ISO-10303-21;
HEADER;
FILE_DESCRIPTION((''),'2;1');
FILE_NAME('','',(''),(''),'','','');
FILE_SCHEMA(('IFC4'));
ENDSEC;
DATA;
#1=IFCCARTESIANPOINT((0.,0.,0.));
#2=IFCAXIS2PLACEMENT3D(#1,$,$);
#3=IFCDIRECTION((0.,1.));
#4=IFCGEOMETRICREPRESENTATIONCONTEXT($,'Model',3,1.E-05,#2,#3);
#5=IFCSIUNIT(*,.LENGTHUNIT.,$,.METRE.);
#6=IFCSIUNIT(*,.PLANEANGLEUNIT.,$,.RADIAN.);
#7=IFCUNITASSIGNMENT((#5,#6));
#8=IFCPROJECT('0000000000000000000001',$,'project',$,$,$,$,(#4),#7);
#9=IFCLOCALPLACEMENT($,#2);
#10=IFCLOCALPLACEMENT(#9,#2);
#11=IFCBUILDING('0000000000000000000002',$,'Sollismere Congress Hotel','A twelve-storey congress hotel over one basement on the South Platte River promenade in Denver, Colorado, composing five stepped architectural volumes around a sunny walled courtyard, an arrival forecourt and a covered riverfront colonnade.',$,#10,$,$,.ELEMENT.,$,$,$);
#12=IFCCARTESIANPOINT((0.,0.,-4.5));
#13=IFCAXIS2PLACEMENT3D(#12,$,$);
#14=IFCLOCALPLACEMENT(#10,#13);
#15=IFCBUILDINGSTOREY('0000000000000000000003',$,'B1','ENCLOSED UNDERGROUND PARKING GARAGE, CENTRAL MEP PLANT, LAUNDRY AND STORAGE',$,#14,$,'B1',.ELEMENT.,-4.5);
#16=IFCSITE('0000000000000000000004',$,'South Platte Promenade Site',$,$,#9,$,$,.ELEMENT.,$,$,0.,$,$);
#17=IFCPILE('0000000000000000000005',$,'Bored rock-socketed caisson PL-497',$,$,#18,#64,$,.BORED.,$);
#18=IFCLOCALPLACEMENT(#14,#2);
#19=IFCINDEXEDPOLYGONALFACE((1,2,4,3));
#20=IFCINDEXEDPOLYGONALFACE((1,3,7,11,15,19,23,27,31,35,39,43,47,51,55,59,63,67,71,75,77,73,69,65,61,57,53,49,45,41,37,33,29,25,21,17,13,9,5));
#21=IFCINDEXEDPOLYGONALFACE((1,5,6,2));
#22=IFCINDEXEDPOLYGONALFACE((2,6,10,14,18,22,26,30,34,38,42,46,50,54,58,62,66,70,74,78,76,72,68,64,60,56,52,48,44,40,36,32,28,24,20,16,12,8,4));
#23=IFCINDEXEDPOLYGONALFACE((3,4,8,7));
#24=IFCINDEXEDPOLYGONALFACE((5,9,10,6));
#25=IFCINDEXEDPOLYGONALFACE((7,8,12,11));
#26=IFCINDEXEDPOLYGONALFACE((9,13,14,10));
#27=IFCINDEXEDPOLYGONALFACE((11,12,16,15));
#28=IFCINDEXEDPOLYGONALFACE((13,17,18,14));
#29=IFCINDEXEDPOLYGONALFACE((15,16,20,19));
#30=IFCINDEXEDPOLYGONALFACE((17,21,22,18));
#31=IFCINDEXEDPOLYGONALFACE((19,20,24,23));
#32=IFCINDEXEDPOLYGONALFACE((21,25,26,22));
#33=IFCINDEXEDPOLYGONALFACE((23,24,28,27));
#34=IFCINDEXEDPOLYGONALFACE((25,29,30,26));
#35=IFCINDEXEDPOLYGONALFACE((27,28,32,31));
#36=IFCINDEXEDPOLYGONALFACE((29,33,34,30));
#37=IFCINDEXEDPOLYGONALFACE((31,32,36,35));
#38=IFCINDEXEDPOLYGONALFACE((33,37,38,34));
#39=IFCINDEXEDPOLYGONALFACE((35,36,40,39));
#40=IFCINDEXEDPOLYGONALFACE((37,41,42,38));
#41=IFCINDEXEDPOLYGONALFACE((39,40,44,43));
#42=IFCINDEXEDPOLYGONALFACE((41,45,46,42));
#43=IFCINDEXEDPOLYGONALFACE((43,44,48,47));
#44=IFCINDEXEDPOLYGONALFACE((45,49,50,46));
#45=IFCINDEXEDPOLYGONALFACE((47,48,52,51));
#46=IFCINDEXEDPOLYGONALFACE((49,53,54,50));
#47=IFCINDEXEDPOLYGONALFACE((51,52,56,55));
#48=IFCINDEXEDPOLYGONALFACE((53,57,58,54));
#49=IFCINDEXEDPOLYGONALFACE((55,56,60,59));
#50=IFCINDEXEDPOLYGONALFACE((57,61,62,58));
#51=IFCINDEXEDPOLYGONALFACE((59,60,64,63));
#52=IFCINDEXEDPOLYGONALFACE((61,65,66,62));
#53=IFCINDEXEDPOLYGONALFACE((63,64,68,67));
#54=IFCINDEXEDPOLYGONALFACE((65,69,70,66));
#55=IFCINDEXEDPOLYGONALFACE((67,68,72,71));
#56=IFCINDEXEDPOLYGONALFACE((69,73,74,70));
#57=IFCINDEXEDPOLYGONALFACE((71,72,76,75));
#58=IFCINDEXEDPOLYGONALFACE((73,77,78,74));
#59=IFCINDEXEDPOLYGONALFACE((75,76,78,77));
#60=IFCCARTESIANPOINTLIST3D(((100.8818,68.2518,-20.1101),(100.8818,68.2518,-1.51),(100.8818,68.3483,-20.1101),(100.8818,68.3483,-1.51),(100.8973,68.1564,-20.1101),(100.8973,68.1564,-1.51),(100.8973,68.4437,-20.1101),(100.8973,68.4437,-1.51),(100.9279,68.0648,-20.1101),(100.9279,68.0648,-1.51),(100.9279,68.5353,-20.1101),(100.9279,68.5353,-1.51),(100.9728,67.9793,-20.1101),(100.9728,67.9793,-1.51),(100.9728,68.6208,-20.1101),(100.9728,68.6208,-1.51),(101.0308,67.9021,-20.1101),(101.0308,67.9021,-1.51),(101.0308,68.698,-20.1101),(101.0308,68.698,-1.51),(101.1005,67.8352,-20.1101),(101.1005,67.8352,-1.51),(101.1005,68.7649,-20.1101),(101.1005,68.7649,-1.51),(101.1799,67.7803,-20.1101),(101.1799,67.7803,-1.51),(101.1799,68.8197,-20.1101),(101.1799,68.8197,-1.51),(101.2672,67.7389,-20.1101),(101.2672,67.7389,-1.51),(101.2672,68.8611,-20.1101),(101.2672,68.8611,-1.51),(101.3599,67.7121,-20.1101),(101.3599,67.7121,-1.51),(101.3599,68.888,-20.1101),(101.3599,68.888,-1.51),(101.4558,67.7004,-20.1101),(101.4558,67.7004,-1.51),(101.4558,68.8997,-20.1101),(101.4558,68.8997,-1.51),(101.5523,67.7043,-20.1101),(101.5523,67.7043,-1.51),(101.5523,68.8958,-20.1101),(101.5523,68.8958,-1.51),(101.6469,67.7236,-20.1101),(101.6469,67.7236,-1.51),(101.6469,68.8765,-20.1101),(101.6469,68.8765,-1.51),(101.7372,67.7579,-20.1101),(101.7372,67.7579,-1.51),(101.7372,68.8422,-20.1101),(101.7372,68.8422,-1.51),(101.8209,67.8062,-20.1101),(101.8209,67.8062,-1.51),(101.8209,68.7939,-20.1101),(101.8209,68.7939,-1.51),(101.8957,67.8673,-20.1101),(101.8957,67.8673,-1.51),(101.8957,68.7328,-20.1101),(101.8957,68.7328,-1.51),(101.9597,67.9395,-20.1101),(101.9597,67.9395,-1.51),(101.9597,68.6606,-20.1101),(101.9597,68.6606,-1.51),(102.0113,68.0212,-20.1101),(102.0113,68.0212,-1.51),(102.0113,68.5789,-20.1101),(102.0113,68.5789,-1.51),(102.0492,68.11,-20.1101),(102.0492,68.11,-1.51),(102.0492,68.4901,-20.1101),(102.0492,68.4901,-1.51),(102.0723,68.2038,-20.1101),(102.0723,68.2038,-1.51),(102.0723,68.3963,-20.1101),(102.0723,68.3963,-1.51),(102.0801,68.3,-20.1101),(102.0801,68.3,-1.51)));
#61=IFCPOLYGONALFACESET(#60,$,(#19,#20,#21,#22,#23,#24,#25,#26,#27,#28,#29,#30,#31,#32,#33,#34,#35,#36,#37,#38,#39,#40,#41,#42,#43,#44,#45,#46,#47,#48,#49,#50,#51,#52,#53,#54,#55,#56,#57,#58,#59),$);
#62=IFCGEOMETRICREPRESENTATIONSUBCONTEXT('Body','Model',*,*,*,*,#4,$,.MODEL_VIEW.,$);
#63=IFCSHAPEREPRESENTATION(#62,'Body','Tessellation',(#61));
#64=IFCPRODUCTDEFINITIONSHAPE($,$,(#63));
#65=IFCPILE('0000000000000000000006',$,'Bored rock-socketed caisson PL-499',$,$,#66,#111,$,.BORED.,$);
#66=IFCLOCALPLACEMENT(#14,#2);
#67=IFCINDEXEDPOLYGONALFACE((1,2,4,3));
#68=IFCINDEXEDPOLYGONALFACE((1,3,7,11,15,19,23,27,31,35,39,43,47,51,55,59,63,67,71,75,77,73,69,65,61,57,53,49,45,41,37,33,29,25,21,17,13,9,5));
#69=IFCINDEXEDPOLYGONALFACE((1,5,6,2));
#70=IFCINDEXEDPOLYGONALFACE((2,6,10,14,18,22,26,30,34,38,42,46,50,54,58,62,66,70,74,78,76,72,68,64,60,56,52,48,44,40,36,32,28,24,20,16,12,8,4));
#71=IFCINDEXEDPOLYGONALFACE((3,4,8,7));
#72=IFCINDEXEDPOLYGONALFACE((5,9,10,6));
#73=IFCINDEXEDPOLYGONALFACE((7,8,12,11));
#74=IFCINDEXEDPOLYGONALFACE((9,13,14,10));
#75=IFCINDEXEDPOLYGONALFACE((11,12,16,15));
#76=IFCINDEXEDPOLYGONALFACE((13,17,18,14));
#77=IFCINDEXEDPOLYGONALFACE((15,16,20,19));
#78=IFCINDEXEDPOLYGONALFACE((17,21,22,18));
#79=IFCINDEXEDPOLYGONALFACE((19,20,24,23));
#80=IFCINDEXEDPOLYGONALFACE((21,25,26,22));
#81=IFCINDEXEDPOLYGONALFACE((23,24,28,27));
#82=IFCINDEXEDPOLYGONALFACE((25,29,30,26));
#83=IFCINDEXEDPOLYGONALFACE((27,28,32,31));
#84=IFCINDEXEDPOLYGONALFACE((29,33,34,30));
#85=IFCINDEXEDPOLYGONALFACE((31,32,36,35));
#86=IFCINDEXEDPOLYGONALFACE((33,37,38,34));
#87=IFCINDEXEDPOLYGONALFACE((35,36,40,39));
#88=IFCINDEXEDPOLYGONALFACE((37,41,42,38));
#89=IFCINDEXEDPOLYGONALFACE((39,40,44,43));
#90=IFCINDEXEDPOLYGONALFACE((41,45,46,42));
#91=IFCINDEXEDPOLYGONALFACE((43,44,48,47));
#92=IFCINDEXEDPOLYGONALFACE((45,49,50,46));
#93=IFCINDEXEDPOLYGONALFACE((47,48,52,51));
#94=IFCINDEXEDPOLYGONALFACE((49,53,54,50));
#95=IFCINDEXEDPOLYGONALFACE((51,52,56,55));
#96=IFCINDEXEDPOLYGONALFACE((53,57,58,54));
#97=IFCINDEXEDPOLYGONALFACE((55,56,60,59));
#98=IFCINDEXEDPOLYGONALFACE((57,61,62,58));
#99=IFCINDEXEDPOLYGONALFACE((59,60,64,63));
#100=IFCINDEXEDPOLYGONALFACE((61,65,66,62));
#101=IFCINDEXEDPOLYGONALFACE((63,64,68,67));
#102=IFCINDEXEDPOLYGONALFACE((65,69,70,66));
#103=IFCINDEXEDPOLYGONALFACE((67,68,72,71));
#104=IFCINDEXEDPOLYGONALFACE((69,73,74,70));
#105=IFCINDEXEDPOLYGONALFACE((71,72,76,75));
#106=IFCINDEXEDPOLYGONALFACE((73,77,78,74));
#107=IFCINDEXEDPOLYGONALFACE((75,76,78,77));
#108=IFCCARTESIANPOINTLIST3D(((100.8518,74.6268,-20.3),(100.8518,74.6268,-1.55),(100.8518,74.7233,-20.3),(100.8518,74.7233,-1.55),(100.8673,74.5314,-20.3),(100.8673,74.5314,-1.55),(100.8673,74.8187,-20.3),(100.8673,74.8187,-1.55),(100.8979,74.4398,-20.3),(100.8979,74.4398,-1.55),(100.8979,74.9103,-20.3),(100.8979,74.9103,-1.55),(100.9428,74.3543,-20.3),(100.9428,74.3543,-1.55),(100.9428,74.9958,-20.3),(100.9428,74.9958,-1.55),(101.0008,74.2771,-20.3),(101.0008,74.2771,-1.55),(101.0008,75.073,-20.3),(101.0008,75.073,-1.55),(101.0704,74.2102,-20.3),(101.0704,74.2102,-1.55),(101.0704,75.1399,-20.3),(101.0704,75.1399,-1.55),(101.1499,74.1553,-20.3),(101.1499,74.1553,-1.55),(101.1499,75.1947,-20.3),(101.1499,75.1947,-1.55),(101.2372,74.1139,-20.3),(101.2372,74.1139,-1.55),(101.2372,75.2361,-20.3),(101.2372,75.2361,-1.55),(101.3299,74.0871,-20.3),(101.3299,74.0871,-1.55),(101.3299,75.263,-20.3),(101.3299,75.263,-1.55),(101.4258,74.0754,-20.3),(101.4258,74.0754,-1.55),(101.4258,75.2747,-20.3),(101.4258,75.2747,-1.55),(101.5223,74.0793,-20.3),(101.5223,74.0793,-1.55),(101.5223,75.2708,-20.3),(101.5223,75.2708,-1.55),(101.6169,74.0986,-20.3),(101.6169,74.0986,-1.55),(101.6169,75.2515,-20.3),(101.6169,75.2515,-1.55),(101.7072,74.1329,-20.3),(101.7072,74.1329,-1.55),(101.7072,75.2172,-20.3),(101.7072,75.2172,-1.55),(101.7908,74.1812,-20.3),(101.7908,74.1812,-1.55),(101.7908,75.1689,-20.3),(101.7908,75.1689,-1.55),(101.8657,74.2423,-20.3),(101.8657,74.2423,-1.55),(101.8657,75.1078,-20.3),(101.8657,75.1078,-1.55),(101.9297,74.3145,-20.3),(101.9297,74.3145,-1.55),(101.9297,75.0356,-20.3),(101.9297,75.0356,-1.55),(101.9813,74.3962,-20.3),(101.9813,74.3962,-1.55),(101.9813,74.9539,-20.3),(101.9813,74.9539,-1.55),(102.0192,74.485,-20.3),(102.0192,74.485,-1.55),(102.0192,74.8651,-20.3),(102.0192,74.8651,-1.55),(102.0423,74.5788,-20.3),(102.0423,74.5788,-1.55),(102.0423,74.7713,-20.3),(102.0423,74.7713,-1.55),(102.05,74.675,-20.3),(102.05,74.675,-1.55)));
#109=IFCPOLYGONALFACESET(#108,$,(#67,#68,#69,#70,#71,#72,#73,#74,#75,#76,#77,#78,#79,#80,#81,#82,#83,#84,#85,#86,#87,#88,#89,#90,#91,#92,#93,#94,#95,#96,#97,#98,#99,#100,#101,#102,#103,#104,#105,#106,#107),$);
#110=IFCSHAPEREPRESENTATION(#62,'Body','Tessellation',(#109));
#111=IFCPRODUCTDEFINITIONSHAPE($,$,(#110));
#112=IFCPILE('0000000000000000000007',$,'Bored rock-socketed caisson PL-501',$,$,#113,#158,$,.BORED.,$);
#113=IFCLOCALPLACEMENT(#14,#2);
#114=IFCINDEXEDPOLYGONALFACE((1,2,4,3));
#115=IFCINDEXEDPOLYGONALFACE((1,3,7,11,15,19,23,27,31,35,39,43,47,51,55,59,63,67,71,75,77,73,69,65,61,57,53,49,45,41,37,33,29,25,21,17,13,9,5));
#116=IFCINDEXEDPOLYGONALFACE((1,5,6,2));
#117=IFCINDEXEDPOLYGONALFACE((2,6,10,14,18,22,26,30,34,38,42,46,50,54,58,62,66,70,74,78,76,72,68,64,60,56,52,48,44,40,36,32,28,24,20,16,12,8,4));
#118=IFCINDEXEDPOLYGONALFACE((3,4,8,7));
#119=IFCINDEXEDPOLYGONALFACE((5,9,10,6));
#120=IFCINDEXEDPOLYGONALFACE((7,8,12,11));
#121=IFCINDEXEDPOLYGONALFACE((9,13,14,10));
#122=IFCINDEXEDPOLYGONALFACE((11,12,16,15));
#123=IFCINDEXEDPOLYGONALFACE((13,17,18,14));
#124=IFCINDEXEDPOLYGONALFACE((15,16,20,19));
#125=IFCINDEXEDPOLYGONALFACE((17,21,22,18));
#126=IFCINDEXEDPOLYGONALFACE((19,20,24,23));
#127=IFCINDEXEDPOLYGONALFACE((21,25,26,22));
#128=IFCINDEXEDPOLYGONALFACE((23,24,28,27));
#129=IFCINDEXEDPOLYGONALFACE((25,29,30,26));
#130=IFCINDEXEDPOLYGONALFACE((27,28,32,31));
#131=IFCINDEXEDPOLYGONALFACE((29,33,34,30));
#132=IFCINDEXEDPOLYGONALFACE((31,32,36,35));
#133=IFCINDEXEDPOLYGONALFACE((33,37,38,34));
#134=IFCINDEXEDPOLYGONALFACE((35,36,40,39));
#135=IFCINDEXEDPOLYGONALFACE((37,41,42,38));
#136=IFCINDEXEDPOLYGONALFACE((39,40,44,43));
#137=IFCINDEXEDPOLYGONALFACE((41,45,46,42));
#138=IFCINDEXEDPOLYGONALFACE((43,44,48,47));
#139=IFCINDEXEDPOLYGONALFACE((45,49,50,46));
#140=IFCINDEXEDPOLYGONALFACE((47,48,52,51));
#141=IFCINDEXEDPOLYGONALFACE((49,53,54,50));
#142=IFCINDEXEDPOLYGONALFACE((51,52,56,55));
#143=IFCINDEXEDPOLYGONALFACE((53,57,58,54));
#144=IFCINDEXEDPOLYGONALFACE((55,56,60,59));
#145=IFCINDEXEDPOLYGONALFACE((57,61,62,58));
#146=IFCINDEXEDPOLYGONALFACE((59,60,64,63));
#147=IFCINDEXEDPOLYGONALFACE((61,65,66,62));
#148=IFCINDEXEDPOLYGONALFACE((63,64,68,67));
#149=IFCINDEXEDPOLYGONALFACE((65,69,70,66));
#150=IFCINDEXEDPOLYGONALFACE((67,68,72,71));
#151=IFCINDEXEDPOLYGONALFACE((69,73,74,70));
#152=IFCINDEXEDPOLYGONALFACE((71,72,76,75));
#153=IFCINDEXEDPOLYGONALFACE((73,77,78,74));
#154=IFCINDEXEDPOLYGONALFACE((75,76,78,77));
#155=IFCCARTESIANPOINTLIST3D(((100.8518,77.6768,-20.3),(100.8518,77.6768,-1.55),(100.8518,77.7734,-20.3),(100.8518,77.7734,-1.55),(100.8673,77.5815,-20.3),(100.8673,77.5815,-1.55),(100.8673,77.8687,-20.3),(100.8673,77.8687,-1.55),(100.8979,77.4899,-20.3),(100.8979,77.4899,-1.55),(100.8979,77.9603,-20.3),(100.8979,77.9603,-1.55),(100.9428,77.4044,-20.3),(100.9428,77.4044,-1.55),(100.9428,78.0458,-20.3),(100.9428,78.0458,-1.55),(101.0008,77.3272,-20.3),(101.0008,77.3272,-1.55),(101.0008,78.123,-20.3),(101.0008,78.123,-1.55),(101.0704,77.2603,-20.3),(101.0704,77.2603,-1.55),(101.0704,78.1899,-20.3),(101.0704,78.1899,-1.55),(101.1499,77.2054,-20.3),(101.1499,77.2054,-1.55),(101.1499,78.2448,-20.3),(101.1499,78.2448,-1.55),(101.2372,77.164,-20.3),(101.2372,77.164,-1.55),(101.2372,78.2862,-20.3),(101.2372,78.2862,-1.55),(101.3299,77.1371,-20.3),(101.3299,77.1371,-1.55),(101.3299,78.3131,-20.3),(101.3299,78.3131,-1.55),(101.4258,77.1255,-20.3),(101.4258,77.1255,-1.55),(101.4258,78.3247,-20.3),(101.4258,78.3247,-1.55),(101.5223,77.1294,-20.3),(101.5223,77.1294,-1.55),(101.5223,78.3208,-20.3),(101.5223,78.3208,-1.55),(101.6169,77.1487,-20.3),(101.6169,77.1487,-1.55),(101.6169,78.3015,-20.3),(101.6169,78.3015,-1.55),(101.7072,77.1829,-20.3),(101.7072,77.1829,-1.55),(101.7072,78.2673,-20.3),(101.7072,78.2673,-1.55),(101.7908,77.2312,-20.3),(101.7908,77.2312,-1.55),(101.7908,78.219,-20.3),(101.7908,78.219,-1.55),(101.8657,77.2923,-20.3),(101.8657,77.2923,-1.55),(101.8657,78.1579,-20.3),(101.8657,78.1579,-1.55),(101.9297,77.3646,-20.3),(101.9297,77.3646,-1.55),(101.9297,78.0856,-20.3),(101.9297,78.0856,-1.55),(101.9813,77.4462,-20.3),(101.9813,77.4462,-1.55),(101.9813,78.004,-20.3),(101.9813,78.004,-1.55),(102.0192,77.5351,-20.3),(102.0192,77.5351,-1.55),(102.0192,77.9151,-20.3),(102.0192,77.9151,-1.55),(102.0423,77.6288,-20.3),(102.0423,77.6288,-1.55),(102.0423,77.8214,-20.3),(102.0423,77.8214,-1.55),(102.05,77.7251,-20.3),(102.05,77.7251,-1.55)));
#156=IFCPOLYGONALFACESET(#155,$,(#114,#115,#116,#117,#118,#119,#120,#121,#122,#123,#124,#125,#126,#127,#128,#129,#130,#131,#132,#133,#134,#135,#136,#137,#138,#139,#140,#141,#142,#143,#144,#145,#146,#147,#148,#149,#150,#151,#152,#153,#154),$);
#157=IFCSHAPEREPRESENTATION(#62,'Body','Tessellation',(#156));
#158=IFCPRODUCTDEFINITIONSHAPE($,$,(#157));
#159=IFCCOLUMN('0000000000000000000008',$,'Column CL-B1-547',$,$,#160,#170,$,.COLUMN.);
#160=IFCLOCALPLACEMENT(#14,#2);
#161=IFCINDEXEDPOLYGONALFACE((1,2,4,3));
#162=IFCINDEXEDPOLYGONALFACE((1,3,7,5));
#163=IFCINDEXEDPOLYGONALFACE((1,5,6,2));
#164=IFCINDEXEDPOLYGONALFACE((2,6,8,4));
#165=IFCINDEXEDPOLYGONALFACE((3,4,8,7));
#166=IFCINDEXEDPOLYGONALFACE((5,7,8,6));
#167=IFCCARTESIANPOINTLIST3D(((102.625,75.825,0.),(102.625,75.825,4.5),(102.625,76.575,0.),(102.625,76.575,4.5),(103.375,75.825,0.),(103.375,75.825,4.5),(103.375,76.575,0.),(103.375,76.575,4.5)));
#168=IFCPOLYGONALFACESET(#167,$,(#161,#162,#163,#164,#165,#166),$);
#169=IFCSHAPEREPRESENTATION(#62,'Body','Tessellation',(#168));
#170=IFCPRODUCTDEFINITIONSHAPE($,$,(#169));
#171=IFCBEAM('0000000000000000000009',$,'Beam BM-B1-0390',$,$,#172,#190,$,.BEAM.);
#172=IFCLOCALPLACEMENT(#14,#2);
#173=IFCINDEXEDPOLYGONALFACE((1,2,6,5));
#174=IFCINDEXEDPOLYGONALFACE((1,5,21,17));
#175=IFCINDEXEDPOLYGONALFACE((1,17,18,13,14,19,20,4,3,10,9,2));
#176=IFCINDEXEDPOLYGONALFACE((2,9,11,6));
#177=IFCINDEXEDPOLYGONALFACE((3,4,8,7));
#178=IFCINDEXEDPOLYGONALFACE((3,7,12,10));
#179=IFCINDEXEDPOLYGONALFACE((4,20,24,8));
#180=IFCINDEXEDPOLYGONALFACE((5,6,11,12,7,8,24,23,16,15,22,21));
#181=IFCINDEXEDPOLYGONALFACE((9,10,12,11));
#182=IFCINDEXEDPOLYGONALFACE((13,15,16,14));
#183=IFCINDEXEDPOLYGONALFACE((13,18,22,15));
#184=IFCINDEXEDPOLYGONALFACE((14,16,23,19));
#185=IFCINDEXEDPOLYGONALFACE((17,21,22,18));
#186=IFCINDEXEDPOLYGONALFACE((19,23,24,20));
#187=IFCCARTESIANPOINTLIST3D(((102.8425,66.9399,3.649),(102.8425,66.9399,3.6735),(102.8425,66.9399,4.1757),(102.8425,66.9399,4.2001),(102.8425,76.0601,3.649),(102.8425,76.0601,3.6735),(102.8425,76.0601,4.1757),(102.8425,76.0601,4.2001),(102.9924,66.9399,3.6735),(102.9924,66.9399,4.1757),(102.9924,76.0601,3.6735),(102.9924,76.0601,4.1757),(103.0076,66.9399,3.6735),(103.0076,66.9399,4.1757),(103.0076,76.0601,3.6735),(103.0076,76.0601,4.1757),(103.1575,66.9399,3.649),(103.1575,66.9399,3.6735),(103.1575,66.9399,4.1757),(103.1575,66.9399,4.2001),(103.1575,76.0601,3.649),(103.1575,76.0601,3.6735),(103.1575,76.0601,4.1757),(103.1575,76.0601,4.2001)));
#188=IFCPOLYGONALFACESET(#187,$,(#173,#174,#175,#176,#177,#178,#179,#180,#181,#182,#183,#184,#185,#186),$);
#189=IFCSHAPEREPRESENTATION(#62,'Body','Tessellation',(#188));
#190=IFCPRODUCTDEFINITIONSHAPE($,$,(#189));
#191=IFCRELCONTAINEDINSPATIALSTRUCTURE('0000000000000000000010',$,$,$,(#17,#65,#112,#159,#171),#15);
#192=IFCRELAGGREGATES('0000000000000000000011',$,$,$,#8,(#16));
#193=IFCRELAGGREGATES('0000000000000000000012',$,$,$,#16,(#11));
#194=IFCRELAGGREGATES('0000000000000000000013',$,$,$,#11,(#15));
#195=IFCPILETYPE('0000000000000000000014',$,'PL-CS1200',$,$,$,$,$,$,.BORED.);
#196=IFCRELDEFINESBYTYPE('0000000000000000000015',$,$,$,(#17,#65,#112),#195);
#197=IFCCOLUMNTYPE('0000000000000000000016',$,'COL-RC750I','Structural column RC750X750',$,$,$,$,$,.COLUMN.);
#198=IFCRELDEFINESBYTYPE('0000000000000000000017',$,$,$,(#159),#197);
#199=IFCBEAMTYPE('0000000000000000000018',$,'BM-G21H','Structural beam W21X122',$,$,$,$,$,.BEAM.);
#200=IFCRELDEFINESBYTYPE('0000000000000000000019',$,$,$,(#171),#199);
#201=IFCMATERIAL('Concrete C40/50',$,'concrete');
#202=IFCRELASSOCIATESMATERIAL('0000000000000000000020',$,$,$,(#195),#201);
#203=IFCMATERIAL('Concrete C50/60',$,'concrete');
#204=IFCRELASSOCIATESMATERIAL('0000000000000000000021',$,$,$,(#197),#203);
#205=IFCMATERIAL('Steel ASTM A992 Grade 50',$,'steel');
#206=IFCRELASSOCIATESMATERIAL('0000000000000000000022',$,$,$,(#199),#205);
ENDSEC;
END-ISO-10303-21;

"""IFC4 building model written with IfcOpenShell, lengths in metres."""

from ifc_helpers import new_model, si_unit, direction, frame, origin, origin_2d, place, context, subcontext, project, spatial, rectangle, circle, i_section, extrude, material, material_profile, profile_set, type_object, element, save


model = new_model("IFC4")

# Units and contexts
model_context = context("Model", 3, precision=1e-05, world=origin(), true_north=direction((0.0, 1.0)))
body_context = subcontext(model_context, "Body", "Model", "MODEL_VIEW")
ifc_project = project(units=[si_unit("LENGTHUNIT", "METRE"), si_unit("PLANEANGLEUNIT", "RADIAN")], contexts=[model_context])

# Site, building, storey
site_placement = place(None, origin())
site = spatial("IfcSite", under=ifc_project, at=site_placement, Name="South Platte Promenade Site", CompositionType="ELEMENT", RefElevation=0.0)
building_placement = place(site_placement, origin())
building = spatial("IfcBuilding", under=site, at=building_placement, Name="Sollismere Congress Hotel", Description="A twelve-storey congress hotel over one basement on the South Platte River promenade in Denver, Colorado, composing five stepped architectural volumes around a sunny walled courtyard, an arrival forecourt and a covered riverfront colonnade.", CompositionType="ELEMENT")
storey_placement = place(building_placement, frame((0.0, 0.0, -4.5)))
storey = spatial("IfcBuildingStorey", under=building, at=storey_placement, Name="B1", Description="ENCLOSED UNDERGROUND PARKING GARAGE, CENTRAL MEP PLANT, LAUNDRY AND STORAGE", LongName="B1", CompositionType="ELEMENT", Elevation=-4.5)

# Shared definitions
ifc_material_1 = material(Name="Concrete C40/50", Category="concrete")

# Piles
ifc_material_profile_1 = material_profile(ifc_material_1, circle(Radius=0.6001, at=origin_2d()), Name="CAISSON1200")
ifc_profile_set_1 = profile_set([ifc_material_profile_1], Name="Concrete C40/50")
pile_type = type_object("IfcPileType", Name="PL-CS1200", PredefinedType="BORED", material=ifc_profile_set_1)
pile_1_placement = place(storey_placement, frame((101.48, 68.3, -1.51), z_axis=(0.0, 0.0, -1.0), x_axis=(1.0, 0.0, 0.0)))
element("IfcPile", 1, at=pile_1_placement, inside=storey, type_object=pile_type, Name="Bored rock-socketed caisson PL-497", PredefinedType="BORED", context=body_context, shape_type="SweptSolid", body=[
    extrude(circle(Radius=0.6001, at=origin_2d()), origin(), (0.0, 0.0, 1.0), 18.6001),
])
for number, where, z_axis, x_axis, name in (
    (2, (101.45, 74.675, -1.55), (0.0, 0.0, -1.0), (1.0, 0.0, 0.0), "Bored rock-socketed caisson PL-499"),
    (3, (101.45, 77.7251, -1.55), (0.0, 0.0, -1.0), (1.0, 0.0, 0.0), "Bored rock-socketed caisson PL-501"),
):
    element("IfcPile", number, at=place(storey_placement, frame(where, z_axis=z_axis, x_axis=x_axis)), inside=storey, type_object=pile_type, Name=name, PredefinedType="BORED", context=body_context, shape_type="SweptSolid", body=[
        extrude(circle(Radius=0.6001, at=origin_2d()), origin(), (0.0, 0.0, 1.0), 18.75),
    ])

# Column
ifc_material_2 = material(Name="Concrete C50/60", Category="concrete")
ifc_material_profile_2 = material_profile(ifc_material_2, rectangle(XDim=0.75, YDim=0.75, at=origin_2d()), Name="RC750X750")
ifc_profile_set_2 = profile_set([ifc_material_profile_2], Name="Concrete C50/60")
column_type = type_object("IfcColumnType", Name="COL-RC750I", Description="Structural column RC750X750", PredefinedType="COLUMN", material=ifc_profile_set_2)
column_placement = place(storey_placement, frame((103.0, 76.2, 0.0), z_axis=(0.0, 0.0, 1.0), x_axis=(1.0, 0.0, 0.0)))
element("IfcColumn", 4, at=column_placement, inside=storey, type_object=column_type, Name="Column CL-B1-547", PredefinedType="COLUMN", context=body_context, shape_type="SweptSolid", body=[
    extrude(rectangle(XDim=0.75, YDim=0.75, at=origin_2d()), origin(), (0.0, 0.0, 1.0), 4.5),
])

# Beam
ifc_material_3 = material(Name="Steel ASTM A992 Grade 50", Category="steel")
ifc_material_profile_3 = material_profile(ifc_material_3, i_section(OverallWidth=0.3149, OverallDepth=0.551, WebThickness=0.0151, FlangeThickness=0.0244, at=origin_2d()), Name="W21X122")
ifc_profile_set_3 = profile_set([ifc_material_profile_3], Name="Steel ASTM A992 Grade 50")
beam_type_1 = type_object("IfcBeamType", Name="BM-G21H", Description="Structural beam W21X122", PredefinedType="BEAM", material=ifc_profile_set_3)
beam_1_placement = place(storey_placement, frame((103.0, 66.9399, 3.9246), z_axis=(0.0, 1.0, 0.0), x_axis=(-1.0, 0.0, 0.0)))
element("IfcBeam", 5, at=beam_1_placement, inside=storey, type_object=beam_type_1, Name="Beam BM-B1-0390", PredefinedType="BEAM", context=body_context, shape_type="SweptSolid", body=[
    extrude(i_section(OverallWidth=0.3149, OverallDepth=0.551, WebThickness=0.0151, FlangeThickness=0.0244, at=origin_2d()), origin(), (0.0, 0.0, 1.0), 9.1201),
])

save(model, "model.ifc")
